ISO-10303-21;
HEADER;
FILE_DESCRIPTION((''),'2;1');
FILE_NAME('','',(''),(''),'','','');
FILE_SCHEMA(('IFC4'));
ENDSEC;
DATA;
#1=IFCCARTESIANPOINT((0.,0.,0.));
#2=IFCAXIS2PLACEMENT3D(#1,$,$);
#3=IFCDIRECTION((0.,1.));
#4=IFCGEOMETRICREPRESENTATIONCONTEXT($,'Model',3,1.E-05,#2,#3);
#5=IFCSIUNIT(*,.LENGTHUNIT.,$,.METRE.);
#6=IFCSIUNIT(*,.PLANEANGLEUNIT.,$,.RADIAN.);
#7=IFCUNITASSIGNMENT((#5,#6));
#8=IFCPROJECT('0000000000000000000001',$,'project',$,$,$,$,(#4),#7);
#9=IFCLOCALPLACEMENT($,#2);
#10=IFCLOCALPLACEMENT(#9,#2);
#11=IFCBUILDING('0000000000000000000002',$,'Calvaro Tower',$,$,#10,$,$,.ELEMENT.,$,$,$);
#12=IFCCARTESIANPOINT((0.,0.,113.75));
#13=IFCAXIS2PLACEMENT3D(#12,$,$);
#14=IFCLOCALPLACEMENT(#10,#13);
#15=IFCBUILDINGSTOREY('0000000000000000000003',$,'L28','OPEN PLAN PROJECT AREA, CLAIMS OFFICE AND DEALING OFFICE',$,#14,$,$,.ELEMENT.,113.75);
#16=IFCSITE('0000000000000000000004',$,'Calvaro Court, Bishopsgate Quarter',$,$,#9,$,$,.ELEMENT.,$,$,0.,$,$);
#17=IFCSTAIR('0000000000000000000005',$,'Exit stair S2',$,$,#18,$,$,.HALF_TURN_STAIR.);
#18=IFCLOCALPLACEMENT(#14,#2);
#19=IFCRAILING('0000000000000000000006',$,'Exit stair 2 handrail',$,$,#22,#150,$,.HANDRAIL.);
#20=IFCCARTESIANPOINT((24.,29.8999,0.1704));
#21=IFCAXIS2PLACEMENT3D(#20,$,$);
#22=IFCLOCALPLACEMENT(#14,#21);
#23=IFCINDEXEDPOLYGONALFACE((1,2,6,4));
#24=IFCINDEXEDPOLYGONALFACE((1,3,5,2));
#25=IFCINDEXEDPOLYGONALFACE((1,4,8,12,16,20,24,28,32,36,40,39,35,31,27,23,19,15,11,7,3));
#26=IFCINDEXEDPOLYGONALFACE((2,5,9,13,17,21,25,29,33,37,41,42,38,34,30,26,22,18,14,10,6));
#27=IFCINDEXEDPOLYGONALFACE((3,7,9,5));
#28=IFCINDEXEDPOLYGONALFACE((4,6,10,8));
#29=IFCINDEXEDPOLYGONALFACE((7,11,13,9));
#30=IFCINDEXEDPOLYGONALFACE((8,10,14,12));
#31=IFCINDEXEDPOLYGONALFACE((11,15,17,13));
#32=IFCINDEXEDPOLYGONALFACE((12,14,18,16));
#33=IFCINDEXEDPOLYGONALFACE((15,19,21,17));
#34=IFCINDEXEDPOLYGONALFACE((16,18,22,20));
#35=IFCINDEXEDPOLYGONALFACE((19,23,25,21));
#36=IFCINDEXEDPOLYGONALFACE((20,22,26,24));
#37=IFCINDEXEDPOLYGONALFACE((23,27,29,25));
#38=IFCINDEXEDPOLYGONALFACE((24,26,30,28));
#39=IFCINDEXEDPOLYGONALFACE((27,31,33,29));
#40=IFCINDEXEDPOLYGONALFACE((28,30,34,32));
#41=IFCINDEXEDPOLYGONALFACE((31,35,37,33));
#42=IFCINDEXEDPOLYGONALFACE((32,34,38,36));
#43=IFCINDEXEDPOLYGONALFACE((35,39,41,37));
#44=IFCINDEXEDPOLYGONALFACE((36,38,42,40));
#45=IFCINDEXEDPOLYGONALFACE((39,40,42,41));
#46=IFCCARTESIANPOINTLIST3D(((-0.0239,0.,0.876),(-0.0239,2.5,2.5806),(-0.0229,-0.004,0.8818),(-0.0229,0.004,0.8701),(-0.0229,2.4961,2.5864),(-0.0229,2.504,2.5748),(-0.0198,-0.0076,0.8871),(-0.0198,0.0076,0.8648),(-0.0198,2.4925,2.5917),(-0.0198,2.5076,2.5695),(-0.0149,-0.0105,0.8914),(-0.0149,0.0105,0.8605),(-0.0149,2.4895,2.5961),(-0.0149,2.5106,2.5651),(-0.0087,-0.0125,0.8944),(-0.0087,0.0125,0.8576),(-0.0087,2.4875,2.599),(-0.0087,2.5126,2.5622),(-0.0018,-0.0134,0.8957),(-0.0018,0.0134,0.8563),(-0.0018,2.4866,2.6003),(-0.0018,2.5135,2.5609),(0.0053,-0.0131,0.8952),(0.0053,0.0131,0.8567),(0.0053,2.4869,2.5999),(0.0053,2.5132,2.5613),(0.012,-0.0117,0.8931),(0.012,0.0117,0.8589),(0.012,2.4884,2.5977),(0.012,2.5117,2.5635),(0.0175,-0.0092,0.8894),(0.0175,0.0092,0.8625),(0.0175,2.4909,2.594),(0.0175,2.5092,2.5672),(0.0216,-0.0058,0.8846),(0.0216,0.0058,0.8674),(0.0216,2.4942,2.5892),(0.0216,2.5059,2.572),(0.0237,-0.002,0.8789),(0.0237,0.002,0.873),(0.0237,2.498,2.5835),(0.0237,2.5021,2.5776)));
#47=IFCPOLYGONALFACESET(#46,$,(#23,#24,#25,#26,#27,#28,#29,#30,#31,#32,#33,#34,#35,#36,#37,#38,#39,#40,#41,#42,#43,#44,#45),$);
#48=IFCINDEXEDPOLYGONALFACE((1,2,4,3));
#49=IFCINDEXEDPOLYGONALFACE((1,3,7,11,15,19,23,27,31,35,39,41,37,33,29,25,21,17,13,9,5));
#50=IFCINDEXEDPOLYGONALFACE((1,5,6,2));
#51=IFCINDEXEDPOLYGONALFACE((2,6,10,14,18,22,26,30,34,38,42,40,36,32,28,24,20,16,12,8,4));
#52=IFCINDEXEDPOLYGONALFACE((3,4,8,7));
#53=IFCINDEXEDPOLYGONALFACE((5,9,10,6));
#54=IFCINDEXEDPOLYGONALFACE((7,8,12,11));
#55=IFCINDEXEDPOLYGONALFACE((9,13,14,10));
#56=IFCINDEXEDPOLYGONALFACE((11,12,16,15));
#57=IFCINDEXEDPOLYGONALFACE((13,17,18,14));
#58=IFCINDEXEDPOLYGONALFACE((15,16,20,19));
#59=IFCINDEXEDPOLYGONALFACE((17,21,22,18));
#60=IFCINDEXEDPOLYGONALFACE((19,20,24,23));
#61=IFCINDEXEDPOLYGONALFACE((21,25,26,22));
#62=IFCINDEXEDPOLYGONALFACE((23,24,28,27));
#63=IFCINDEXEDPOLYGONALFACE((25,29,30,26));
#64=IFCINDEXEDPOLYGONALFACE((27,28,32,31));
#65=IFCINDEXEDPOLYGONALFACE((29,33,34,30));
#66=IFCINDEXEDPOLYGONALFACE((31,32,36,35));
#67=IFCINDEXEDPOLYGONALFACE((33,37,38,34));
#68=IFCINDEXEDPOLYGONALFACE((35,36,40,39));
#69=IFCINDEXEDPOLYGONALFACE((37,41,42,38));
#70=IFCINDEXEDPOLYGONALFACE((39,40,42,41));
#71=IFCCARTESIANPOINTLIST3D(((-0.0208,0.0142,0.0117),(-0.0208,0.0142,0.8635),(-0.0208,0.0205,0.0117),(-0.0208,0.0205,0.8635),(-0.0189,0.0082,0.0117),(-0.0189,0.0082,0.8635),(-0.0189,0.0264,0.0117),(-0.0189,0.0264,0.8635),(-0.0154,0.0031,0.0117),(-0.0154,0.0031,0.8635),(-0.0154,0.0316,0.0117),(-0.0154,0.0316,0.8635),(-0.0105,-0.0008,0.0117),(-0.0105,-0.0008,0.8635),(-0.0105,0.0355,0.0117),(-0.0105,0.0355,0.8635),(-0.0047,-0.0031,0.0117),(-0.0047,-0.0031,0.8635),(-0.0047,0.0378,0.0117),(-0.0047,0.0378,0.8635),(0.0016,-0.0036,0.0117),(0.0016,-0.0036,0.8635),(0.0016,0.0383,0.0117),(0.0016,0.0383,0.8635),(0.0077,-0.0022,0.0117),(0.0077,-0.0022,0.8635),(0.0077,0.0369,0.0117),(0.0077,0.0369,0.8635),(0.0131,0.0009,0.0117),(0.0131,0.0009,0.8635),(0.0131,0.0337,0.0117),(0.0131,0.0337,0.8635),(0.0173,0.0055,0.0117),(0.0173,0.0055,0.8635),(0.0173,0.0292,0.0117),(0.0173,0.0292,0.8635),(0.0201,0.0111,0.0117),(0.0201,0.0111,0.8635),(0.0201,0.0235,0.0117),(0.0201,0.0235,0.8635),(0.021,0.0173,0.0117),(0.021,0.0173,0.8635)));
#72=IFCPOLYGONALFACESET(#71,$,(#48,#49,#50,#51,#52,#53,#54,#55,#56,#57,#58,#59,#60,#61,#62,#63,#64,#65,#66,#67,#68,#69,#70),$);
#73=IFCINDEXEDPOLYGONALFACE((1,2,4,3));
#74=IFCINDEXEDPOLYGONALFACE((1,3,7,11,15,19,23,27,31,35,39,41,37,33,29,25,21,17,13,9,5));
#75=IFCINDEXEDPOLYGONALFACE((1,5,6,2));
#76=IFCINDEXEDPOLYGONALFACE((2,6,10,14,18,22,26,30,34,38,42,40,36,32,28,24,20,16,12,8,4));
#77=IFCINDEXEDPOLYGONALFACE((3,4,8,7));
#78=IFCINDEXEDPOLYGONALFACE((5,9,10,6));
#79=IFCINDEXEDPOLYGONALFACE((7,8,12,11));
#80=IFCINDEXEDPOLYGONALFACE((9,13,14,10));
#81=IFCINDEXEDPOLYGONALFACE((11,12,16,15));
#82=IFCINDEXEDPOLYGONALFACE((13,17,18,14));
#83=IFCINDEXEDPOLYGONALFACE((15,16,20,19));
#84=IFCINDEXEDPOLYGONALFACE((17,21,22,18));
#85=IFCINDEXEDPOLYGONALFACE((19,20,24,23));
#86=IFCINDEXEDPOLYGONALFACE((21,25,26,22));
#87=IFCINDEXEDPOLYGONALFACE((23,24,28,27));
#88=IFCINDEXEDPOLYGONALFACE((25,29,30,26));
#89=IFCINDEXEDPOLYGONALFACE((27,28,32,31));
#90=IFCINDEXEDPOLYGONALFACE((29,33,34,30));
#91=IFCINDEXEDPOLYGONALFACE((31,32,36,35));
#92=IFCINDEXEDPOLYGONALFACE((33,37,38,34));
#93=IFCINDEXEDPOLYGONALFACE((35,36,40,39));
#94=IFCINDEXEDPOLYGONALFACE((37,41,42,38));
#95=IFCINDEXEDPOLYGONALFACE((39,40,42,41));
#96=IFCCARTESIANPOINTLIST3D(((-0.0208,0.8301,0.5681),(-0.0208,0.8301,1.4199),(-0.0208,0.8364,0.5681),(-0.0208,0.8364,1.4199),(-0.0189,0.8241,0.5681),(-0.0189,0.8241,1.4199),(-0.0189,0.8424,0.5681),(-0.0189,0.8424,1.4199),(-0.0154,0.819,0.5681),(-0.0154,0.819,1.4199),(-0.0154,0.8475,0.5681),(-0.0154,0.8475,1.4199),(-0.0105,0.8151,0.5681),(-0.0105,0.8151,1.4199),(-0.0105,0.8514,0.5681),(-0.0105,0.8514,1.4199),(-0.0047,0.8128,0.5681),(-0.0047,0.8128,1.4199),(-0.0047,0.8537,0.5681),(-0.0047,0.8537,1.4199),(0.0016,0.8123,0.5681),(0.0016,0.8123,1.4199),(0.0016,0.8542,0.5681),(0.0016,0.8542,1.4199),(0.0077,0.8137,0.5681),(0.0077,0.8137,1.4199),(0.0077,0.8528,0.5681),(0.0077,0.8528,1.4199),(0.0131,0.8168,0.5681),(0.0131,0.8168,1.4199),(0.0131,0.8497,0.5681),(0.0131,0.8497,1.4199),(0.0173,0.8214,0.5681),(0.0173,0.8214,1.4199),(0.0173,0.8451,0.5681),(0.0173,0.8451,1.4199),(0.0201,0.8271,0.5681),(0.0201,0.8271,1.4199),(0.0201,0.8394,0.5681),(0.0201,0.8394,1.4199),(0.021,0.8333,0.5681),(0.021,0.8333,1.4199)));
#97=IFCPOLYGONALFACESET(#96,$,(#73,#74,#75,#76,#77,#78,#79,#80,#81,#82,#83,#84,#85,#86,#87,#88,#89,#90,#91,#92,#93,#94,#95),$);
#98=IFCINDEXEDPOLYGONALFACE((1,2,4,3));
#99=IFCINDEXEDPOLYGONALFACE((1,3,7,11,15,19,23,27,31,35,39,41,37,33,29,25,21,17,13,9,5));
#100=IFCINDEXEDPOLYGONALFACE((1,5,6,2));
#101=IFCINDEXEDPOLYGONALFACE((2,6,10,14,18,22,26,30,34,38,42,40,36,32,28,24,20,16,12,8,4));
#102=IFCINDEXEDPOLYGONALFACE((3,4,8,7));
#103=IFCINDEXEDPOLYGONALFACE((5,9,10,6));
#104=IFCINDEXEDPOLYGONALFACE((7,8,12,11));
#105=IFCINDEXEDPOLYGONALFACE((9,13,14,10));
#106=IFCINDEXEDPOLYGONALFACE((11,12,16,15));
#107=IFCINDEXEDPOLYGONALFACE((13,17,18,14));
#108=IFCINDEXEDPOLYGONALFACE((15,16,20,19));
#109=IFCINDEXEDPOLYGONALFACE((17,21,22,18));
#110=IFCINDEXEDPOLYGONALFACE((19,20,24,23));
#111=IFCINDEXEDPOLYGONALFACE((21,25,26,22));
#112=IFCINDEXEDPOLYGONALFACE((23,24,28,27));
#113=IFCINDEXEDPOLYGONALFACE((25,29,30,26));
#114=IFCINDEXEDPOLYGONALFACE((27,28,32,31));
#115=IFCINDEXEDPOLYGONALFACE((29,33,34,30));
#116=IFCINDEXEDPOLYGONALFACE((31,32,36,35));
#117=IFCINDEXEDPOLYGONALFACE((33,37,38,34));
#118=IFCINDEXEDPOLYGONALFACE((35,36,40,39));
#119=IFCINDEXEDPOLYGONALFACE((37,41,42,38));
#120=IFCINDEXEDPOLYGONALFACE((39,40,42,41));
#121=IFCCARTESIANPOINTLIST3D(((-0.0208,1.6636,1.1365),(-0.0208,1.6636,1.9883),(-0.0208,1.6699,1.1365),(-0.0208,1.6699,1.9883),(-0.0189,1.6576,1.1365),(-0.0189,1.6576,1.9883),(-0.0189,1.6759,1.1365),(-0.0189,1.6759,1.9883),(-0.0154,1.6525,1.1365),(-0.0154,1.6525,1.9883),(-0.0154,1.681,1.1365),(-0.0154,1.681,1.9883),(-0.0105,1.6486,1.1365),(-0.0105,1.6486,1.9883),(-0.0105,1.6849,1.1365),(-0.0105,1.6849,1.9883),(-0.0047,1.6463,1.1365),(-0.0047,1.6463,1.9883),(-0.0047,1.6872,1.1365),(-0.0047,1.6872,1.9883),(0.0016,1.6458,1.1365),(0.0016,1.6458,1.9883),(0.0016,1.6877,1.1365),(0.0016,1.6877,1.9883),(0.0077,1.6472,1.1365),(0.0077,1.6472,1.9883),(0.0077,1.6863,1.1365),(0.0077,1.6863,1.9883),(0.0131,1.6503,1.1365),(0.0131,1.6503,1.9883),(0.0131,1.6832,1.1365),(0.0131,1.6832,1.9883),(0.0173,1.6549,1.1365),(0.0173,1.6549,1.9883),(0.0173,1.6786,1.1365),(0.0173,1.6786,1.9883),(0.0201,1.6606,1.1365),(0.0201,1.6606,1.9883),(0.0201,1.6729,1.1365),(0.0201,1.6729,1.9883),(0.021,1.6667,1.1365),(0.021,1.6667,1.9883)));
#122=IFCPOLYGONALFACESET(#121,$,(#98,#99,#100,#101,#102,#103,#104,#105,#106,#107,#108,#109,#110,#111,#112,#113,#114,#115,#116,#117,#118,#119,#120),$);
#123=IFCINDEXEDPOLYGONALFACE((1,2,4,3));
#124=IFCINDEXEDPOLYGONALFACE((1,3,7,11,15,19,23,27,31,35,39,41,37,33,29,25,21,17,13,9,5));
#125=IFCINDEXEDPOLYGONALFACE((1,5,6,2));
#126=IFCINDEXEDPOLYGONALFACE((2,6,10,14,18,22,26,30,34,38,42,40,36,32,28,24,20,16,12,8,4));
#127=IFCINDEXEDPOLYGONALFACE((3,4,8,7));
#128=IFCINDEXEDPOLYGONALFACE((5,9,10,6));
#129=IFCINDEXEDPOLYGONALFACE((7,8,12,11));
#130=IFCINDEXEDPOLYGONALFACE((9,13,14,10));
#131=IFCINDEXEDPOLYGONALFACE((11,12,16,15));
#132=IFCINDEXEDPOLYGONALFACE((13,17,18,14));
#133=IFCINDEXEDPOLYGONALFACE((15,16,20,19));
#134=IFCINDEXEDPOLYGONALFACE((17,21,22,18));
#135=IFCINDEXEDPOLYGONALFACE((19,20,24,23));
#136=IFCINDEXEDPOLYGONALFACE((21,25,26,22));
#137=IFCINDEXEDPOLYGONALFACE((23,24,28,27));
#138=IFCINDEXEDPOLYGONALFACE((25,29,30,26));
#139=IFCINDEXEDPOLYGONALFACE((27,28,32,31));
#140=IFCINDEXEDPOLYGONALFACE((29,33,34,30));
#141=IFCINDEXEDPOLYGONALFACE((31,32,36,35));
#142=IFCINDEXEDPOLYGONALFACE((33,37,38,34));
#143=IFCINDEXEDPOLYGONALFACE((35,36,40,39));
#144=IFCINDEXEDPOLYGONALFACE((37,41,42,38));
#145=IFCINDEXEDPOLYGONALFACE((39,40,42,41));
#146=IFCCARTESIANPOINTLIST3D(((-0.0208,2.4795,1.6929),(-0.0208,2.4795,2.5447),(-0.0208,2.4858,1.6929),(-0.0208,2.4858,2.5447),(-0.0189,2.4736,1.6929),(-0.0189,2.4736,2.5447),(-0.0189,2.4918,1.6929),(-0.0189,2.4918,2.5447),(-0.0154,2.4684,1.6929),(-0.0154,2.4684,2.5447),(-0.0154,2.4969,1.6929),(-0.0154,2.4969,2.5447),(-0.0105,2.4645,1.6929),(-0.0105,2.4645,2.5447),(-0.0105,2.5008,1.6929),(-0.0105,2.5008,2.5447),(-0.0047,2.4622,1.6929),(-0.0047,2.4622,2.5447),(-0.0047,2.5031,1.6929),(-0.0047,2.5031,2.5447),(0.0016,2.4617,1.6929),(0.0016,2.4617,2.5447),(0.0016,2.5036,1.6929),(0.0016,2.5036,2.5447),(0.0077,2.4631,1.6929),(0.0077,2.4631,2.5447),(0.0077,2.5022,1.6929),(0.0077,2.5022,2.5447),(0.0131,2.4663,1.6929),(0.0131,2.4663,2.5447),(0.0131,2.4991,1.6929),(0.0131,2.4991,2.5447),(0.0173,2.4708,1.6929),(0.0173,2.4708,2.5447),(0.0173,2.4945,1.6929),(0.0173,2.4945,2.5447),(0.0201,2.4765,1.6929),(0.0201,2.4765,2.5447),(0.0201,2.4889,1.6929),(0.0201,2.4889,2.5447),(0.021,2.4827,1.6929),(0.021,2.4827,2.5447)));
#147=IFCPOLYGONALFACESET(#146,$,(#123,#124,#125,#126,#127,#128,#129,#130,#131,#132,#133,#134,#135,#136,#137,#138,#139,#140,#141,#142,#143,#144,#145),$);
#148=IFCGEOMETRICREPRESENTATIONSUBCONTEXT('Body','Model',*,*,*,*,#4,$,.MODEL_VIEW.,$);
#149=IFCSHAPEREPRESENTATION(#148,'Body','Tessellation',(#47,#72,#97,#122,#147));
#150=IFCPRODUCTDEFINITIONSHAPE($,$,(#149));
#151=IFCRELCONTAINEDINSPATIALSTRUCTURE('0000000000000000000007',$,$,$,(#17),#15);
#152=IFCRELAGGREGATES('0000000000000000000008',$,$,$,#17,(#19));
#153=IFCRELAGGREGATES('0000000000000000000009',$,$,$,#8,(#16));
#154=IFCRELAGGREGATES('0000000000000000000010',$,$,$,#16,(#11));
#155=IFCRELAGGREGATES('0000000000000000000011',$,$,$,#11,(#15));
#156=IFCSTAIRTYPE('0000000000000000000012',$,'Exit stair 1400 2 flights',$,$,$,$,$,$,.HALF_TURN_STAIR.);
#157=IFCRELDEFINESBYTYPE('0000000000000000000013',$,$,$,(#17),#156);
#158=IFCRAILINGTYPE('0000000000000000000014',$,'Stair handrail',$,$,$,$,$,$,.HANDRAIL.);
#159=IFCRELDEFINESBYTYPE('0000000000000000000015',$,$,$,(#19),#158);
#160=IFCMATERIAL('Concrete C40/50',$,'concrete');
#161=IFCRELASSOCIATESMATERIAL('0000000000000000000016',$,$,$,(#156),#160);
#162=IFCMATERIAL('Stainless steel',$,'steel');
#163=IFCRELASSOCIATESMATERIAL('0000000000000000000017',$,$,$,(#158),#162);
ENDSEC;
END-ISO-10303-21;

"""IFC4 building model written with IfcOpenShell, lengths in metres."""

from ifc_helpers import new_model, si_unit, direction, frame, origin, origin_2d, place, context, subcontext, project, spatial, circle, extrude, material, type_object, element, aggregate, save


model = new_model("IFC4")

# Units and contexts
model_context = context("Model", 3, precision=1e-05, world=origin(), true_north=direction((0.0, 1.0)))
body_context = subcontext(model_context, "Body", "Model", "MODEL_VIEW")
ifc_project = project(units=[si_unit("LENGTHUNIT", "METRE"), si_unit("PLANEANGLEUNIT", "RADIAN")], contexts=[model_context])

# Site, building, storey
site_placement = place(None, origin())
site = spatial("IfcSite", under=ifc_project, at=site_placement, Name="Calvaro Court, Bishopsgate Quarter", CompositionType="ELEMENT", RefElevation=0.0)
building_placement = place(site_placement, origin())
building = spatial("IfcBuilding", under=site, at=building_placement, Name="Calvaro Tower", CompositionType="ELEMENT")
storey_placement = place(building_placement, frame((0.0, 0.0, 113.75)))
storey = spatial("IfcBuildingStorey", under=building, at=storey_placement, Name="L28", Description="OPEN PLAN PROJECT AREA, CLAIMS OFFICE AND DEALING OFFICE", CompositionType="ELEMENT", Elevation=113.75)

# Stair, railing
ifc_material_1 = material(Name="Concrete C40/50", Category="concrete")
stair_type = type_object("IfcStairType", Name="Exit stair 1400 2 flights", PredefinedType="HALF_TURN_STAIR", material=ifc_material_1)
stair_placement = place(storey_placement, origin())
stair = element("IfcStair", 1, at=stair_placement, inside=storey, type_object=stair_type, Name="Exit stair S2", PredefinedType="HALF_TURN_STAIR")
ifc_material_2 = material(Name="Stainless steel", Category="steel")
railing_type = type_object("IfcRailingType", Name="Stair handrail", PredefinedType="HANDRAIL", material=ifc_material_2)
railing_1_placement = place(storey_placement, frame((24.0, 29.8999, 0.1704)))
railing_1 = element("IfcRailing", 2, at=railing_1_placement, type_object=railing_type, Name="Exit stair 2 handrail", PredefinedType="HANDRAIL", context=body_context, shape_type="SweptSolid", body=[
    extrude(circle(Radius=0.0239, at=origin_2d()), frame((0.0, 0.0, 0.876), z_axis=(0.0, 0.826221, 0.563347), x_axis=(-1.0, 0.0, 0.0)), (0.0, 0.0, 1.0), 3.0259),
    extrude(circle(Radius=0.021, at=origin_2d()), frame((0.0, 0.0173, 0.0117)), (0.0, 0.0, 1.0), 0.8518),
    extrude(circle(Radius=0.021, at=origin_2d()), frame((0.0, 0.8333, 0.5681)), (0.0, 0.0, 1.0), 0.8518),
    extrude(circle(Radius=0.021, at=origin_2d()), frame((0.0, 1.6667, 1.1365)), (0.0, 0.0, 1.0), 0.8518),
    extrude(circle(Radius=0.021, at=origin_2d()), frame((0.0, 2.4827, 1.6929)), (0.0, 0.0, 1.0), 0.8518),
])
aggregate(stair, [railing_1])

save(model, "model.ifc")
